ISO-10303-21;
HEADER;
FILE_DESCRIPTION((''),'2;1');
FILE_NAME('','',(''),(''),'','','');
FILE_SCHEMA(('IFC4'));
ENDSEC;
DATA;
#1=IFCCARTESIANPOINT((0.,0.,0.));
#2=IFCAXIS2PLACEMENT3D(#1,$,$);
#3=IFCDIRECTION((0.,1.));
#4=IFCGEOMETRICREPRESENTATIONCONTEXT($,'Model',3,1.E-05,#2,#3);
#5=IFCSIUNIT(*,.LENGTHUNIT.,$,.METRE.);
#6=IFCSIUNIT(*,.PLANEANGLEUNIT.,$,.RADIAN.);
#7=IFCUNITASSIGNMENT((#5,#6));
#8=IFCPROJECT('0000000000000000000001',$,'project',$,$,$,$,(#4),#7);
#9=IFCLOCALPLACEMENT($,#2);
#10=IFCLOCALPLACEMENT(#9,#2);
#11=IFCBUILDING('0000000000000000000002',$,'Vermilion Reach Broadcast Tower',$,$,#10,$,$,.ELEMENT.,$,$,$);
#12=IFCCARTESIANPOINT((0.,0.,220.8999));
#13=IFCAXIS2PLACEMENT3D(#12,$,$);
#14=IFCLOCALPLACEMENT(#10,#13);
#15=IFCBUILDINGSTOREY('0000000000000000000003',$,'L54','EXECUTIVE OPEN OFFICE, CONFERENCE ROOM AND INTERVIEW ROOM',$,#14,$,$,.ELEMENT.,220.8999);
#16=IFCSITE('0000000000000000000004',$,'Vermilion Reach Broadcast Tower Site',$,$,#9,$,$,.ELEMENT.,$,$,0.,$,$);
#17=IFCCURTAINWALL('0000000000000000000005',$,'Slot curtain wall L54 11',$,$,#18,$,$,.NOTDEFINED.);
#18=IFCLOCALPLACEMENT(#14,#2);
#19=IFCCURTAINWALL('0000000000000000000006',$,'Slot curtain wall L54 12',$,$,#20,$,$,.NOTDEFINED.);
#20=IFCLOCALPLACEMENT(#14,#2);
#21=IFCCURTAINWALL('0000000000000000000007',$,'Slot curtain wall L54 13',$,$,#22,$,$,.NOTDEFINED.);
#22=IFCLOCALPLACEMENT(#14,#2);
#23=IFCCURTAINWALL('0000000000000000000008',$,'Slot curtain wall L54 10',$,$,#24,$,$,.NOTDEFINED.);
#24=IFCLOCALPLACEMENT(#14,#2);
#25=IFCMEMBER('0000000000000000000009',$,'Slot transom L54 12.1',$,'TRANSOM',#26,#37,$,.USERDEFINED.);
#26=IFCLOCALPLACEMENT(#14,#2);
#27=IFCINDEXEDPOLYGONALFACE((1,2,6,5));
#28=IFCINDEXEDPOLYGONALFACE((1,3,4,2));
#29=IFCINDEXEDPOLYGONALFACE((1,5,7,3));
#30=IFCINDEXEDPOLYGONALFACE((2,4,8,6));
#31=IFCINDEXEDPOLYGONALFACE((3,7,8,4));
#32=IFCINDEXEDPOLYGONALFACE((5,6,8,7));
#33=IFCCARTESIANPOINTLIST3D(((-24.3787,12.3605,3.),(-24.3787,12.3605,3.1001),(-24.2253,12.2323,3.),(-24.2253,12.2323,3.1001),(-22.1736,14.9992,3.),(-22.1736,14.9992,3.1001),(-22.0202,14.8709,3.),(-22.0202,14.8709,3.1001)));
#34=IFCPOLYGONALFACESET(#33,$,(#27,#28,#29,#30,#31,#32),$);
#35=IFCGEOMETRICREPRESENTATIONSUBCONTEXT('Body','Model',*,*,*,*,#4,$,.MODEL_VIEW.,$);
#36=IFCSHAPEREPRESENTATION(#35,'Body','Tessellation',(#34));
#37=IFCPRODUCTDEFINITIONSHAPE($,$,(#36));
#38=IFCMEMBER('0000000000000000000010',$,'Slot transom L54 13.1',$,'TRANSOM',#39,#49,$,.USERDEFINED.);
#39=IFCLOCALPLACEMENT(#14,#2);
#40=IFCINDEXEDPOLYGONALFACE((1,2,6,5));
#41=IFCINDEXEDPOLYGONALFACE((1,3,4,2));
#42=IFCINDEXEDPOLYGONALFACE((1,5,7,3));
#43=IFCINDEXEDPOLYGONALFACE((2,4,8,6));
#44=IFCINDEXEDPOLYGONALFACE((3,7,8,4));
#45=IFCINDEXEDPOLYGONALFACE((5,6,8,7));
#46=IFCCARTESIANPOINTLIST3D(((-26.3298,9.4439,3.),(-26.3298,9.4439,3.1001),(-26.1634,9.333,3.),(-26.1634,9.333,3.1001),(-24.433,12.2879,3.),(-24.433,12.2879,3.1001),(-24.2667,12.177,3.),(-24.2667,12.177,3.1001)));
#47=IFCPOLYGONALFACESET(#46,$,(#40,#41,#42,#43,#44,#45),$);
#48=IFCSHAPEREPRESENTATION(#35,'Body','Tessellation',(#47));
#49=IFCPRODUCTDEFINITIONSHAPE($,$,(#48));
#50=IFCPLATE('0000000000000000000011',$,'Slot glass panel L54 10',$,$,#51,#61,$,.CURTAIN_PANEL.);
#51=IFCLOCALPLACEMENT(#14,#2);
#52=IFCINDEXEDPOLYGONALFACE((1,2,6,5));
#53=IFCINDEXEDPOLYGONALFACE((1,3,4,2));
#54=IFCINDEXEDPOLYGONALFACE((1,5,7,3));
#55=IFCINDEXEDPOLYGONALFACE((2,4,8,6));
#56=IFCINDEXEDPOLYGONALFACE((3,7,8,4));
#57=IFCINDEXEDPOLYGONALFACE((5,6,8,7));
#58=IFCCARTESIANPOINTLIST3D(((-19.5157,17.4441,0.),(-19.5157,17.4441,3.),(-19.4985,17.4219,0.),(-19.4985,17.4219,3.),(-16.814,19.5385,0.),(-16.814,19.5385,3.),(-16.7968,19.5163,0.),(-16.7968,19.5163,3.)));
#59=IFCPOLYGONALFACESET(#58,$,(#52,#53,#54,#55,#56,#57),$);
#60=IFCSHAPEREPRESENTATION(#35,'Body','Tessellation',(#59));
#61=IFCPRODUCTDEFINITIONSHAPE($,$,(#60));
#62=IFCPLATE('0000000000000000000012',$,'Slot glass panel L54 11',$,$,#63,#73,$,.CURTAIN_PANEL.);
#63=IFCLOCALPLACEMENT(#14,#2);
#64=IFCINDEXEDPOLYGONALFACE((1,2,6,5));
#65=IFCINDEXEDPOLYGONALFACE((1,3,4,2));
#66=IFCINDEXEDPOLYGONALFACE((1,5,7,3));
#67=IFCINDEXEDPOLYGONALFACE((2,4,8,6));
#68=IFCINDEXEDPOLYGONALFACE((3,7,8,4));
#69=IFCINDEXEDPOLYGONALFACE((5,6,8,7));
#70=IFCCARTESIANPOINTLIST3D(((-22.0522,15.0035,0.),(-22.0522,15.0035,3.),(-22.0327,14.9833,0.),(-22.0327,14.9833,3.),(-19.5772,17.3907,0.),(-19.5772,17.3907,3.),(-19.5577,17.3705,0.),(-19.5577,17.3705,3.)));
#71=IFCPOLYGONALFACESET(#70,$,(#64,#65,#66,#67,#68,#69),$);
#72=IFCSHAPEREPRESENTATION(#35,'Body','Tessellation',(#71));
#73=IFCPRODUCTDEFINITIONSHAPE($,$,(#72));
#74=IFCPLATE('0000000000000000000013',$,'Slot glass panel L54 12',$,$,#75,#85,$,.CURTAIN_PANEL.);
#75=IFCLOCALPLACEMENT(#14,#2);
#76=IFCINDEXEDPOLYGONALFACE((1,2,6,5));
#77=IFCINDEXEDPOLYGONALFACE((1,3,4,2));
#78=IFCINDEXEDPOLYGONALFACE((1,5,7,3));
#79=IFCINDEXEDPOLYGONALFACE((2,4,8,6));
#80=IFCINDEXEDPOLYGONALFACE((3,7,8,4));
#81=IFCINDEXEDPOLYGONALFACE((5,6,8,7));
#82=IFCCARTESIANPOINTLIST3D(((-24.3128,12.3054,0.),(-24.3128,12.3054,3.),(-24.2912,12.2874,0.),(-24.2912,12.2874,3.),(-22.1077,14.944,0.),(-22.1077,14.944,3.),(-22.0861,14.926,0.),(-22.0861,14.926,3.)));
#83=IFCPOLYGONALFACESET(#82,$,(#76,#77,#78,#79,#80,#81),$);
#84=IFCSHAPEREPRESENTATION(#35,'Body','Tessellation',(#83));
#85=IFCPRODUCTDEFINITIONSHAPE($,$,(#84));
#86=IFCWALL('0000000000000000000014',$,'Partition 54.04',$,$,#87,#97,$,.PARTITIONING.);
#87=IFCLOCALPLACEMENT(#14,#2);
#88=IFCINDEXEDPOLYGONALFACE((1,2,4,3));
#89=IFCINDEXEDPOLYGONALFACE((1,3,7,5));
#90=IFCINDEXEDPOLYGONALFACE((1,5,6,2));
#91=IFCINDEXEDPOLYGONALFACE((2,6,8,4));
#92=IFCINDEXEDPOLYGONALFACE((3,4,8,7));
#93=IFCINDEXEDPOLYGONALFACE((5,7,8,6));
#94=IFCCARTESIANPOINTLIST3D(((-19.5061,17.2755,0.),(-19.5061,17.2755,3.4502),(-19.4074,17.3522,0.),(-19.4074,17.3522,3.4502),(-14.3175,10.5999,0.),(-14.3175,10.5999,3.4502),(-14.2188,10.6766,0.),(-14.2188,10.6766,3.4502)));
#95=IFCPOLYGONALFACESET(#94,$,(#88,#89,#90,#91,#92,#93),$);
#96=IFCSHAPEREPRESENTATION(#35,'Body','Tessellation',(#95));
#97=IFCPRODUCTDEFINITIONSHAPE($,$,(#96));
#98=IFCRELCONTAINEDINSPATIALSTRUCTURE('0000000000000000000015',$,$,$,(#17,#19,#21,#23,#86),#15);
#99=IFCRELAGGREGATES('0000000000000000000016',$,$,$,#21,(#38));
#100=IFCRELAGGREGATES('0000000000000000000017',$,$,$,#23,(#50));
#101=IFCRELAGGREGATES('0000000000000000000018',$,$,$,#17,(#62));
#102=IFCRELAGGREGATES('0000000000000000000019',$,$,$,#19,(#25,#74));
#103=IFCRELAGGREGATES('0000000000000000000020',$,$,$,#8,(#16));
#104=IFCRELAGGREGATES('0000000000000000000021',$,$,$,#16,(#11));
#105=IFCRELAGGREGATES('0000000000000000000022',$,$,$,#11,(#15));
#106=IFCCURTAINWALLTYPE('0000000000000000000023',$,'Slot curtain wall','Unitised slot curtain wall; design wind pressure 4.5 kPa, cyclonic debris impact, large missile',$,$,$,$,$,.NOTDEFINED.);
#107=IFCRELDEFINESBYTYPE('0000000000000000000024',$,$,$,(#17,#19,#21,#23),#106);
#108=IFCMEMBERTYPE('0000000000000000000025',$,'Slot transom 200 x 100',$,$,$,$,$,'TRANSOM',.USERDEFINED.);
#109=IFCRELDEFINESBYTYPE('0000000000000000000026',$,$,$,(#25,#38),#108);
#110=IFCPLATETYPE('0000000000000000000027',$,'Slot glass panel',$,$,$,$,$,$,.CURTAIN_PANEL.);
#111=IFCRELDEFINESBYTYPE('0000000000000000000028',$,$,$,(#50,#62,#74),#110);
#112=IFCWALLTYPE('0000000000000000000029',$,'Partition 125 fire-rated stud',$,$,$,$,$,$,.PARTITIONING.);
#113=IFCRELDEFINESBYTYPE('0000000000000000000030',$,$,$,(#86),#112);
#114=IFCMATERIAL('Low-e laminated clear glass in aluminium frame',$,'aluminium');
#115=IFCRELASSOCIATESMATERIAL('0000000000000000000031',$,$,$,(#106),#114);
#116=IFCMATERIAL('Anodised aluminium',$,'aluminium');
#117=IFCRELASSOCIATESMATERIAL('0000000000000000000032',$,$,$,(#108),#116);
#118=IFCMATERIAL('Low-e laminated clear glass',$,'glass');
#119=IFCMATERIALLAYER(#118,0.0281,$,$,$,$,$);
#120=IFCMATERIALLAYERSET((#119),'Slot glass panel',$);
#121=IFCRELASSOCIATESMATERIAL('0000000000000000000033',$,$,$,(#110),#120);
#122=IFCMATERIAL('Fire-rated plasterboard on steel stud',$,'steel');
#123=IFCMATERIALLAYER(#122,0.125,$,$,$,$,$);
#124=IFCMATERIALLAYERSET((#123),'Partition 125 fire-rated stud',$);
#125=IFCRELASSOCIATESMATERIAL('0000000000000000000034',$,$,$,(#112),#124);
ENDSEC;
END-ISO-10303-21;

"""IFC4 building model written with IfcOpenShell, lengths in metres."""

from ifc_helpers import new_model, si_unit, direction, frame, frame_2d, origin, origin_2d, place, context, subcontext, project, spatial, rectangle, extrude, material, layer, layer_set, material_profile, profile_set, type_object, element, aggregate, save


model = new_model("IFC4")

# Units and contexts
model_context = context("Model", 3, precision=1e-05, world=origin(), true_north=direction((0.0, 1.0)))
body_context = subcontext(model_context, "Body", "Model", "MODEL_VIEW")
ifc_project = project(units=[si_unit("LENGTHUNIT", "METRE"), si_unit("PLANEANGLEUNIT", "RADIAN")], contexts=[model_context])

# Site, building, storey
site_placement = place(None, origin())
site = spatial("IfcSite", under=ifc_project, at=site_placement, Name="Vermilion Reach Broadcast Tower Site", CompositionType="ELEMENT", RefElevation=0.0)
building_placement = place(site_placement, origin())
building = spatial("IfcBuilding", under=site, at=building_placement, Name="Vermilion Reach Broadcast Tower", CompositionType="ELEMENT")
storey_placement = place(building_placement, frame((0.0, 0.0, 220.8999)))
storey = spatial("IfcBuildingStorey", under=building, at=storey_placement, Name="L54", Description="EXECUTIVE OPEN OFFICE, CONFERENCE ROOM AND INTERVIEW ROOM", CompositionType="ELEMENT", Elevation=220.8999)

# Curtain walls
ifc_material_1 = material(Name="Low-e laminated clear glass in aluminium frame", Category="aluminium")
curtain_wall_type = type_object("IfcCurtainWallType", Name="Slot curtain wall", Description="Unitised slot curtain wall; design wind pressure 4.5 kPa, cyclonic debris impact, large missile", PredefinedType="NOTDEFINED", material=ifc_material_1)
placement = place(storey_placement, origin())
curtain_wall_1 = element("IfcCurtainWall", 1, at=placement, inside=storey, type_object=curtain_wall_type, Name="Slot curtain wall L54 11", PredefinedType="NOTDEFINED")
curtain_wall_2 = element("IfcCurtainWall", 2, at=placement, inside=storey, type_object=curtain_wall_type, Name="Slot curtain wall L54 12", PredefinedType="NOTDEFINED")
curtain_wall_3 = element("IfcCurtainWall", 3, at=placement, inside=storey, type_object=curtain_wall_type, Name="Slot curtain wall L54 13", PredefinedType="NOTDEFINED")
curtain_wall_4 = element("IfcCurtainWall", 4, at=placement, inside=storey, type_object=curtain_wall_type, Name="Slot curtain wall L54 10", PredefinedType="NOTDEFINED")
ifc_material_2 = material(Name="Anodised aluminium", Category="aluminium")
ifc_material_profile_1 = material_profile(ifc_material_2, rectangle(XDim=0.2, YDim=0.1001, at=origin_2d()), Name="Slot transom 200 x 100")
ifc_profile_set_1 = profile_set([ifc_material_profile_1], Name="Anodised aluminium")
member_type_1 = type_object("IfcMemberType", Name="Slot transom 200 x 100", ElementType="TRANSOM", PredefinedType="USERDEFINED", material=ifc_profile_set_1)

# Members
member_1_placement = place(storey_placement, frame((-22.0969, 14.9351, 3.05), z_axis=(-0.641245, -0.767336, 0.0), x_axis=(0.767336, -0.641245, 0.0)))
member_1 = element("IfcMember", 5, at=member_1_placement, type_object=member_type_1, Name="Slot transom L54 12.1", ObjectType="TRANSOM", PredefinedType="USERDEFINED", context=body_context, shape_type="SweptSolid", body=[
    extrude(rectangle(XDim=0.2, YDim=0.1001, at=origin_2d()), origin(), (0.0, 0.0, 1.0), 3.4387),
])
member_2_placement = place(storey_placement, frame((-24.3499, 12.2324, 3.05), z_axis=(-0.554849, -0.831951, 0.0), x_axis=(0.831951, -0.554849, 0.0)))
member_2 = element("IfcMember", 6, at=member_2_placement, type_object=member_type_1, Name="Slot transom L54 13.1", ObjectType="TRANSOM", PredefinedType="USERDEFINED", context=body_context, shape_type="SweptSolid", body=[
    extrude(rectangle(XDim=0.2, YDim=0.1001, at=origin_2d()), origin(), (0.0, 0.0, 1.0), 3.4185),
])
aggregate(curtain_wall_3, [member_2])

# Plates
ifc_material_3 = material(Name="Low-e laminated clear glass", Category="glass")
ifc_layer_1 = layer(ifc_material_3, 0.0281)
ifc_layer_set_1 = layer_set([ifc_layer_1], Name="Slot glass panel")
plate_type = type_object("IfcPlateType", Name="Slot glass panel", PredefinedType="CURTAIN_PANEL", material=ifc_layer_set_1)
plate_1_placement = place(storey_placement, frame((-18.1562, 18.4802, 0.0), z_axis=(0.0, 0.0, 1.0), x_axis=(-0.790343, -0.612665, 0.0)))
plate_1 = element("IfcPlate", 7, at=plate_1_placement, type_object=plate_type, Name="Slot glass panel L54 10", PredefinedType="CURTAIN_PANEL", context=body_context, shape_type="SweptSolid", body=[
    extrude(rectangle(XDim=3.4185, YDim=0.0281, at=origin_2d()), origin(), (0.0, 0.0, 1.0), 3.0),
])
aggregate(curtain_wall_4, [plate_1])
plate_2_placement = place(storey_placement, frame((-20.8049, 16.187, 0.0), z_axis=(0.0, 0.0, 1.0), x_axis=(-0.719756, -0.694227, 0.0)))
plate_2 = element("IfcPlate", 8, at=plate_2_placement, type_object=plate_type, Name="Slot glass panel L54 11", PredefinedType="CURTAIN_PANEL", context=body_context, shape_type="SweptSolid", body=[
    extrude(rectangle(XDim=3.4387, YDim=0.0281, at=origin_2d()), origin(), (0.0, 0.0, 1.0), 3.0),
])
aggregate(curtain_wall_1, [plate_2])
plate_3_placement = place(storey_placement, frame((-23.1995, 13.6157, 0.0), z_axis=(0.0, 0.0, 1.0), x_axis=(-0.641258, -0.767325, 0.0)))
plate_3 = element("IfcPlate", 9, at=plate_3_placement, type_object=plate_type, Name="Slot glass panel L54 12", PredefinedType="CURTAIN_PANEL", context=body_context, shape_type="SweptSolid", body=[
    extrude(rectangle(XDim=3.4387, YDim=0.0281, at=origin_2d()), origin(), (0.0, 0.0, 1.0), 3.0),
])
aggregate(curtain_wall_2, [member_1, plate_3])

# Wall
ifc_material_4 = material(Name="Fire-rated plasterboard on steel stud", Category="steel")
ifc_layer_2 = layer(ifc_material_4, 0.125)
ifc_layer_set_2 = layer_set([ifc_layer_2], Name="Partition 125 fire-rated stud")
wall_type = type_object("IfcWallType", Name="Partition 125 fire-rated stud", PredefinedType="PARTITIONING", material=ifc_layer_set_2)
wall_placement = place(storey_placement, frame((-19.4568, 17.314, 0.0), z_axis=(0.0, 0.0, 1.0), x_axis=(0.613675, -0.789559, 0.0)))
element("IfcWall", 10, at=wall_placement, inside=storey, type_object=wall_type, Name="Partition 54.04", PredefinedType="PARTITIONING", context=body_context, shape_type="SweptSolid", body=[
    extrude(rectangle(XDim=8.4548, YDim=0.125, at=frame_2d((4.2275, 0.0))), origin(), (0.0, 0.0, 1.0), 3.4502),
])

save(model, "model.ifc")
